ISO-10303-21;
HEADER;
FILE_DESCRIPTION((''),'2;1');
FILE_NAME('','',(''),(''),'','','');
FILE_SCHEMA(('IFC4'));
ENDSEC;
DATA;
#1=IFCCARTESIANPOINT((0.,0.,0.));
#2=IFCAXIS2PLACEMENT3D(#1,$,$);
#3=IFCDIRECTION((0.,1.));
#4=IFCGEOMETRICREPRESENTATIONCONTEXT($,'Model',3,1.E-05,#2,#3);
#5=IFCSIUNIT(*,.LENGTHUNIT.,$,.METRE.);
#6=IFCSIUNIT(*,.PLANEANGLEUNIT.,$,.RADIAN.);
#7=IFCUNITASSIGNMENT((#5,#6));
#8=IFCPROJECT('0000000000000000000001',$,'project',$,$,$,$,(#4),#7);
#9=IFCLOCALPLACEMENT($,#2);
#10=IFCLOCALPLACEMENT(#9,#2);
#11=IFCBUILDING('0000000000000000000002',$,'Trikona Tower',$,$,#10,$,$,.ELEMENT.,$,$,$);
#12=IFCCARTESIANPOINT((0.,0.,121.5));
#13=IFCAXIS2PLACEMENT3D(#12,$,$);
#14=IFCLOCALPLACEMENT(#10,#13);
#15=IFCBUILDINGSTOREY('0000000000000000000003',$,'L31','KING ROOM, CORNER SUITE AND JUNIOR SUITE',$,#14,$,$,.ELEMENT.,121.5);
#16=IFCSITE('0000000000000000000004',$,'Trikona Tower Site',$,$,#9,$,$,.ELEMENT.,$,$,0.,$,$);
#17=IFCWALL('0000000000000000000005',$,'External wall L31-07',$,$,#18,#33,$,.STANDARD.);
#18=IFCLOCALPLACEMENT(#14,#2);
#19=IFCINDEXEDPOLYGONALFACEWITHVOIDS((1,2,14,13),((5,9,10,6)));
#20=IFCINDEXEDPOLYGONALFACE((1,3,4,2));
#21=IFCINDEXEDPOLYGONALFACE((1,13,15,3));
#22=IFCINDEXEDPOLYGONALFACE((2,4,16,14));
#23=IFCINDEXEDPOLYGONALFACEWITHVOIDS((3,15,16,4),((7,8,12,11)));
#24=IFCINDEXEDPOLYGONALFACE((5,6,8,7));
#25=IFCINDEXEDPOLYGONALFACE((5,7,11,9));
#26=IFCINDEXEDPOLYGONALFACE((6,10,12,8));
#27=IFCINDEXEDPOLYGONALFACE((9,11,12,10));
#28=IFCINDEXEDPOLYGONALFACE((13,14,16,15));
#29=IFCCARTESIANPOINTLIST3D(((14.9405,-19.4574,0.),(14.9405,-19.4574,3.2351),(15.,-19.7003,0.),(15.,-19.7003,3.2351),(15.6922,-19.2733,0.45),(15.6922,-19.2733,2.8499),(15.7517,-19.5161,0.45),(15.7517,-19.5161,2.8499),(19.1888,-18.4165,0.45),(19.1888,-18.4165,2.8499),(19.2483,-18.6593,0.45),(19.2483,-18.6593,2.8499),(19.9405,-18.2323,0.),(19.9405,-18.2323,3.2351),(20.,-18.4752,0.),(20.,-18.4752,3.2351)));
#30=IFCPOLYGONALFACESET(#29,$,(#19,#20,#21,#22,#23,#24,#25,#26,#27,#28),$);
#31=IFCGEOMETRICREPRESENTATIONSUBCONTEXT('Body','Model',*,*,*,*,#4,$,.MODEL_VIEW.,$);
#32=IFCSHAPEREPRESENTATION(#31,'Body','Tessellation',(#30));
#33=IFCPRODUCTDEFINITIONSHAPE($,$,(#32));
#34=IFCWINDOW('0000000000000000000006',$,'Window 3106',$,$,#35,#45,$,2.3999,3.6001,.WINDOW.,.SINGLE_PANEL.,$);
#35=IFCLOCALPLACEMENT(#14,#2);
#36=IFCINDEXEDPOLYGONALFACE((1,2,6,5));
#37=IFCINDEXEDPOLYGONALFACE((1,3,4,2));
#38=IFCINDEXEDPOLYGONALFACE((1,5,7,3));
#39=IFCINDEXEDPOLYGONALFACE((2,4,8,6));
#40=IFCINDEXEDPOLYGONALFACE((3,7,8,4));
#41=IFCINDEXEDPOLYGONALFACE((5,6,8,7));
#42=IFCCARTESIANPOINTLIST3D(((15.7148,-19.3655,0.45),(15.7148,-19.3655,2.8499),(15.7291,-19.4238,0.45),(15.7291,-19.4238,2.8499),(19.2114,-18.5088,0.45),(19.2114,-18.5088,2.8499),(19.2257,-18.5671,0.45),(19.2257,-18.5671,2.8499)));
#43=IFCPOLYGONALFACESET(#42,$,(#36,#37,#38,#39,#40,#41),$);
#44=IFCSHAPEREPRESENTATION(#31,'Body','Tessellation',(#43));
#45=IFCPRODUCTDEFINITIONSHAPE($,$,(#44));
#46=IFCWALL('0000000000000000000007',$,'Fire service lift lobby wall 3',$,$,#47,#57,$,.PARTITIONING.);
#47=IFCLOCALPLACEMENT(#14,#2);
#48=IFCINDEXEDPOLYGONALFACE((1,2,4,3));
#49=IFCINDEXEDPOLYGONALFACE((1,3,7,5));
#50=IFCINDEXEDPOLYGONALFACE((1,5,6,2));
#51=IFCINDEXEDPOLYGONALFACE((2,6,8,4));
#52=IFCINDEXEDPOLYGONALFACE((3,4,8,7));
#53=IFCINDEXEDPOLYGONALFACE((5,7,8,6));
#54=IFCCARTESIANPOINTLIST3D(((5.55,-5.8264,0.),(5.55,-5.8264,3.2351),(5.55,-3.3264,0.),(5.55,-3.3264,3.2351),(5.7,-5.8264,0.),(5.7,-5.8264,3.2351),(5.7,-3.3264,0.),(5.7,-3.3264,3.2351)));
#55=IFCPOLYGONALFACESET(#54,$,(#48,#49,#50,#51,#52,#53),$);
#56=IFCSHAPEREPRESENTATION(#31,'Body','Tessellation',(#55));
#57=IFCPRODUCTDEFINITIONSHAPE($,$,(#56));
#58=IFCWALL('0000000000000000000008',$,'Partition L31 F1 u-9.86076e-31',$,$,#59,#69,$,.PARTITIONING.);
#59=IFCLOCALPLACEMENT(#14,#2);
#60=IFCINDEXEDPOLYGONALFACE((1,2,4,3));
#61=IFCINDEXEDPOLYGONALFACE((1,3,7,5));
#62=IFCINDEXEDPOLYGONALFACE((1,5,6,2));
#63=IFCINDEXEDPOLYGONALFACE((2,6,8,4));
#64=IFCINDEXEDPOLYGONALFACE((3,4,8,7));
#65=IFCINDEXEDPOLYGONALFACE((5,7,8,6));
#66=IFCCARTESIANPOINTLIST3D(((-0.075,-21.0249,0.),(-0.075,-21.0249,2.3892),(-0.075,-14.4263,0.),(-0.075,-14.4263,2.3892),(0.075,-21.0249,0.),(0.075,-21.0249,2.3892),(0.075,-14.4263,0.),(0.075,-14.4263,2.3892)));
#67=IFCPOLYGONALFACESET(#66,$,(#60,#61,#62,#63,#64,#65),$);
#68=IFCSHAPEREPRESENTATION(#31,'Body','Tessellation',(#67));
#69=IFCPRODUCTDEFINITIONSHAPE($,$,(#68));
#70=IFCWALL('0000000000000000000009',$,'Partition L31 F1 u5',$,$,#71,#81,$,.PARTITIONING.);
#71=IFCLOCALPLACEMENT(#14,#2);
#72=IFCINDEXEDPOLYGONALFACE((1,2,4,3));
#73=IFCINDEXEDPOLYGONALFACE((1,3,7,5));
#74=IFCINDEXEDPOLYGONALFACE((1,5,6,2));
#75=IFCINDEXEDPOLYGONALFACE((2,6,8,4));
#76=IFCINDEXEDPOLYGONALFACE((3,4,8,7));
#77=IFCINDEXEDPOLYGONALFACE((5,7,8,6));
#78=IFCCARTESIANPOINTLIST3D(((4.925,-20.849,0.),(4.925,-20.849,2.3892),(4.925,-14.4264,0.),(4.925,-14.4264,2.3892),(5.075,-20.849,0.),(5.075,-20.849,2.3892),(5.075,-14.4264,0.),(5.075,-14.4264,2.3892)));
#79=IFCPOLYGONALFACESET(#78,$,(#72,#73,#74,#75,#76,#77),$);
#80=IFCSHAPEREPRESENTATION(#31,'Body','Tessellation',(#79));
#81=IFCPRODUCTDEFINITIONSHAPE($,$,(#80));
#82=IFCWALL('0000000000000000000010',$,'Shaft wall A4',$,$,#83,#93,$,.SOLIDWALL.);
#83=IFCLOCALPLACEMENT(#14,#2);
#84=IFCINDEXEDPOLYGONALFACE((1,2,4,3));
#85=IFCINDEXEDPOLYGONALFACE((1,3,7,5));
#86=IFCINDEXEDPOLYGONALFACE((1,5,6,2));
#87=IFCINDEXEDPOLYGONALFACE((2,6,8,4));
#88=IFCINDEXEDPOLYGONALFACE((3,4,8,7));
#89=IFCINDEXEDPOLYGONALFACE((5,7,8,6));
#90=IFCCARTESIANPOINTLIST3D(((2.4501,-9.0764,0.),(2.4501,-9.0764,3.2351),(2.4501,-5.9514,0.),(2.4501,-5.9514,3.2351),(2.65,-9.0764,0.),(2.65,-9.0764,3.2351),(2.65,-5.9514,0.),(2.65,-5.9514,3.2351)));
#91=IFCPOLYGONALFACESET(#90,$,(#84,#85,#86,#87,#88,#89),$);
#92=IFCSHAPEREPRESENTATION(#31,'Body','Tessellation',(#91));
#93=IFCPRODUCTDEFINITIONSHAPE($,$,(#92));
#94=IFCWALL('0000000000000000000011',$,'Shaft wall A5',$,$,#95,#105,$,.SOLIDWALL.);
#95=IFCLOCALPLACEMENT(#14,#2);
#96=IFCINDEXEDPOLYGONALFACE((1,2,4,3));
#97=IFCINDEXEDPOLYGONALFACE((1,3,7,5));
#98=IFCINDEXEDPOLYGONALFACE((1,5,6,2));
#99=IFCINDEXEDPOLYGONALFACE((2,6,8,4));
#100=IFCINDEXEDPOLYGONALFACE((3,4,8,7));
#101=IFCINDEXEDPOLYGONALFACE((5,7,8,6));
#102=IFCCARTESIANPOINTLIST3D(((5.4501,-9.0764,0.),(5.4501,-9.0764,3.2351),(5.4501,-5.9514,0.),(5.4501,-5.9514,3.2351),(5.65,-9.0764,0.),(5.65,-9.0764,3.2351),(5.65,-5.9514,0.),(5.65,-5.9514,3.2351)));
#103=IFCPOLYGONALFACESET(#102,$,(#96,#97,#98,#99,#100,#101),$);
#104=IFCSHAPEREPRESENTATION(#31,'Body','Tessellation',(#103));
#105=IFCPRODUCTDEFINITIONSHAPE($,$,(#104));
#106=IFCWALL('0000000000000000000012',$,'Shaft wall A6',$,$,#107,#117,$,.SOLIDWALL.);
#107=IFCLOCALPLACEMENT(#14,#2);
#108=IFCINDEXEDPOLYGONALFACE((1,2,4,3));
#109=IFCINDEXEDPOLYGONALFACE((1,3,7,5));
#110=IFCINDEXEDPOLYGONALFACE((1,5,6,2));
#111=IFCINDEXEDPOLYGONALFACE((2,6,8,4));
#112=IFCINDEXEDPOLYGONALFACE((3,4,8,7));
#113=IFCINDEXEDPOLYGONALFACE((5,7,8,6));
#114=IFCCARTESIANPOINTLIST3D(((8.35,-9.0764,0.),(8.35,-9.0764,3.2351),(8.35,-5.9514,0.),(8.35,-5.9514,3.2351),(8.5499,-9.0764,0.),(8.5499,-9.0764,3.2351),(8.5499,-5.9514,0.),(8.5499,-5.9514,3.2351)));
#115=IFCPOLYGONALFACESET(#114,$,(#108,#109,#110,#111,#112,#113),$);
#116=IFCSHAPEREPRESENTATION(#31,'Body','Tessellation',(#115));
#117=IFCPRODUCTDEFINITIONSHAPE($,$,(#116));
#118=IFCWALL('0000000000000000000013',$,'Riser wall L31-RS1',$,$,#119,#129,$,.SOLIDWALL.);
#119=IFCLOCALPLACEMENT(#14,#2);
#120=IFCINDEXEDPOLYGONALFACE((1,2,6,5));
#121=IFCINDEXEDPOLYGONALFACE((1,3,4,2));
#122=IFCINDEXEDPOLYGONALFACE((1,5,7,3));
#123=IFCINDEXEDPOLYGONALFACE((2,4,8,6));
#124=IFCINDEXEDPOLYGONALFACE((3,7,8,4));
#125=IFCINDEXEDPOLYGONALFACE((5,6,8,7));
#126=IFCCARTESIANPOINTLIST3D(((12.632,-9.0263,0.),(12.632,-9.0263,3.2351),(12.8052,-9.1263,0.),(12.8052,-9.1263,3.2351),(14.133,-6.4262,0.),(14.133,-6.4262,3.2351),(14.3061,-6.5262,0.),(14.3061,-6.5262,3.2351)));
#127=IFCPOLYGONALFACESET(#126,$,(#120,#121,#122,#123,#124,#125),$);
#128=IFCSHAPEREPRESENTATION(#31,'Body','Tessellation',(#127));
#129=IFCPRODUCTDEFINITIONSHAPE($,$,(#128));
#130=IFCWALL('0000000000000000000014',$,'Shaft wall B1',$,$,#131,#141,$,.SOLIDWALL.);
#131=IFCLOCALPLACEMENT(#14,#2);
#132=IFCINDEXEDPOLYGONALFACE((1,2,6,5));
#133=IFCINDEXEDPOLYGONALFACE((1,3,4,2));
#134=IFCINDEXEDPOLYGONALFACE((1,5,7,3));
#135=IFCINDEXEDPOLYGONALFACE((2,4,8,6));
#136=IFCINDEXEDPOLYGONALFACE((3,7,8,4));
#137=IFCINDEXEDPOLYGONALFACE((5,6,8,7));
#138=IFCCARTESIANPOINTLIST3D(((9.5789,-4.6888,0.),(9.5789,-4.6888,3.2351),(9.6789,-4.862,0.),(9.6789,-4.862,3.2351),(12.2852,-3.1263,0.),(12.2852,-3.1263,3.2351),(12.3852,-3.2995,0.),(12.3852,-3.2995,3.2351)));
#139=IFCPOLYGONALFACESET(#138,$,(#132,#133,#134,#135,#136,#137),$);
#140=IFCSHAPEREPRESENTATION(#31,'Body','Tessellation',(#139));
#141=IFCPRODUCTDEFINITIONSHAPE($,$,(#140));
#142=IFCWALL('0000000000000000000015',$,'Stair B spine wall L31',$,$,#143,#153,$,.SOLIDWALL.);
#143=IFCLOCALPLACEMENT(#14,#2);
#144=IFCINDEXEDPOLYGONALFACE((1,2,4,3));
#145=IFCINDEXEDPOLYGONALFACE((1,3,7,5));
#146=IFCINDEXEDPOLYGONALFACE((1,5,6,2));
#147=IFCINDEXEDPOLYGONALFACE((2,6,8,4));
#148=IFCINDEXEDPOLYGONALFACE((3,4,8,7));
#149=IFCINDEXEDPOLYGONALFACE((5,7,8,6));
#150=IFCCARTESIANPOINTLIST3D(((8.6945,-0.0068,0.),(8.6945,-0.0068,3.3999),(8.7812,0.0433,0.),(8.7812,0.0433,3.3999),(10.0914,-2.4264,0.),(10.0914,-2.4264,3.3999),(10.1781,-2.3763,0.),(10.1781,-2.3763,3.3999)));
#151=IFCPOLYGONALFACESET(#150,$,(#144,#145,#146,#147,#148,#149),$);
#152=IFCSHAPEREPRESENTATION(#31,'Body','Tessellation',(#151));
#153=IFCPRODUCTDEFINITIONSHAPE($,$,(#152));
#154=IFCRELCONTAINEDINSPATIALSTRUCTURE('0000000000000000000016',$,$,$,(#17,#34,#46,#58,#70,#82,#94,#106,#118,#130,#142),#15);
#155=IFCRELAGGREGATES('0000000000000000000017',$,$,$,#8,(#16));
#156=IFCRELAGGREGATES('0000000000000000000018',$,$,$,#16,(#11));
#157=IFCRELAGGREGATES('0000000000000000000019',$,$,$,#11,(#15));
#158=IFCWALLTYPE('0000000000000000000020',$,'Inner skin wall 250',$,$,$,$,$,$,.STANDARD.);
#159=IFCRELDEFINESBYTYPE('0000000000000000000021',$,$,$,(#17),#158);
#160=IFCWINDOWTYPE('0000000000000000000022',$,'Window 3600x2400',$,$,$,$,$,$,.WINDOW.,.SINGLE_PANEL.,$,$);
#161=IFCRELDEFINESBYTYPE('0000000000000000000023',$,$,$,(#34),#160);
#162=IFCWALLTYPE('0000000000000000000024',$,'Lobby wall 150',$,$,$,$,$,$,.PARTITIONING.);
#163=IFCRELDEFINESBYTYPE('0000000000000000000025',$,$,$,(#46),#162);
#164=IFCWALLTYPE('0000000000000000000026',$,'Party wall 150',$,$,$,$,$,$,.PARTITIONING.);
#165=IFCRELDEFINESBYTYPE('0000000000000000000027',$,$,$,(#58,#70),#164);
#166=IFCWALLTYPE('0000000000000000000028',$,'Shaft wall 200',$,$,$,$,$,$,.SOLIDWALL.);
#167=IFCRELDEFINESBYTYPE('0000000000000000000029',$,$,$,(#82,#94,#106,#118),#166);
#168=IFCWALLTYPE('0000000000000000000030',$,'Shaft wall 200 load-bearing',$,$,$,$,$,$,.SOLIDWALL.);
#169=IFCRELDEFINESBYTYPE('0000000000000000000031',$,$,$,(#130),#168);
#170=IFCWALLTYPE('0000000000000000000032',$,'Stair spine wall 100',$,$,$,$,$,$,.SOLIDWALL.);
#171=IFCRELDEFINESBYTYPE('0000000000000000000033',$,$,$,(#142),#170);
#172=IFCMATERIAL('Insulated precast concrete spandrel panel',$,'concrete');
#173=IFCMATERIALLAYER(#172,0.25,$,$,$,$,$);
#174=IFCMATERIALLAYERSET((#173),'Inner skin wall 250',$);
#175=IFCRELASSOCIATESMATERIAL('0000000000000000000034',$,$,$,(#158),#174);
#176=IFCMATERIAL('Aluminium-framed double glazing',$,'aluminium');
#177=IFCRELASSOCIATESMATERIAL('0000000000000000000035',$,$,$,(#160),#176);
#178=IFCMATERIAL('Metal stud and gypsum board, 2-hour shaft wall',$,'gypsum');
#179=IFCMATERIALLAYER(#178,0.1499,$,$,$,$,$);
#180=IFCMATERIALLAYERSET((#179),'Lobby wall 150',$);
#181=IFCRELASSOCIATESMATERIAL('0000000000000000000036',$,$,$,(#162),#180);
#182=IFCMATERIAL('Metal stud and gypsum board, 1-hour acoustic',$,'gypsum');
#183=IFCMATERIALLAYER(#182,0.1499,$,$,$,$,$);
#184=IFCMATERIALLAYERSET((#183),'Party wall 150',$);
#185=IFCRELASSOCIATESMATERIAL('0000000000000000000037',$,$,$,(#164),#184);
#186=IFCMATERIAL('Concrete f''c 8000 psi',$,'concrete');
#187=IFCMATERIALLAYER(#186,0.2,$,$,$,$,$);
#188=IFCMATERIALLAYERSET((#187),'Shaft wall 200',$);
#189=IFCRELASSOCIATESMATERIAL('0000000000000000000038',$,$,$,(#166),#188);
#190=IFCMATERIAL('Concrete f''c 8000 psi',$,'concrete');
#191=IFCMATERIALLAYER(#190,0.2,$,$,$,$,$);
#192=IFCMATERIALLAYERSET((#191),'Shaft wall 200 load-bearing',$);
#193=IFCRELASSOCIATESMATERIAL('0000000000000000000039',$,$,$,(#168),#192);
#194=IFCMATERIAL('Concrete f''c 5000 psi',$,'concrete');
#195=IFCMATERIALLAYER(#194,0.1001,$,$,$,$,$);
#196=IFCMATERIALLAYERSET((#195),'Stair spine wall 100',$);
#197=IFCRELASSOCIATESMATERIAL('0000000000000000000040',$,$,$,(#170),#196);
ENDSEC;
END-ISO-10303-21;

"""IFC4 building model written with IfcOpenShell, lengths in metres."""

from ifc_helpers import new_model, si_unit, direction, frame, frame_2d, origin, place, context, subcontext, project, spatial, rectangle, extrude, material, layer, layer_set, type_object, element, fill, save


model = new_model("IFC4")

# Units and contexts
model_context = context("Model", 3, precision=1e-05, world=origin(), true_north=direction((0.0, 1.0)))
body_context = subcontext(model_context, "Body", "Model", "MODEL_VIEW")
ifc_project = project(units=[si_unit("LENGTHUNIT", "METRE"), si_unit("PLANEANGLEUNIT", "RADIAN")], contexts=[model_context])

# Site, building, storey
site_placement = place(None, origin())
site = spatial("IfcSite", under=ifc_project, at=site_placement, Name="Trikona Tower Site", CompositionType="ELEMENT", RefElevation=0.0)
building_placement = place(site_placement, origin())
building = spatial("IfcBuilding", under=site, at=building_placement, Name="Trikona Tower", CompositionType="ELEMENT")
storey_placement = place(building_placement, frame((0.0, 0.0, 121.5)))
storey = spatial("IfcBuildingStorey", under=building, at=storey_placement, Name="L31", Description="KING ROOM, CORNER SUITE AND JUNIOR SUITE", CompositionType="ELEMENT", Elevation=121.5)

# Wall, opening, window
ifc_material_1 = material(Name="Insulated precast concrete spandrel panel", Category="concrete")
ifc_layer_1 = layer(ifc_material_1, 0.25)
ifc_layer_set_1 = layer_set([ifc_layer_1], Name="Inner skin wall 250")
wall_type_1 = type_object("IfcWallType", Name="Inner skin wall 250", PredefinedType="STANDARD", material=ifc_layer_set_1)
wall_1_placement = place(storey_placement, frame((14.9702, -19.5789, 0.0), z_axis=(0.0, 0.0, 1.0), x_axis=(0.97127, 0.23798, 0.0)))
wall_1 = element("IfcWall", 1, at=wall_1_placement, inside=storey, type_object=wall_type_1, Name="External wall L31-07", PredefinedType="STANDARD", context=body_context, shape_type="SweptSolid", body=[
    extrude(rectangle(XDim=5.1479, YDim=0.25, at=frame_2d((2.574, 0.0))), origin(), (0.0, 0.0, 1.0), 3.2351),
])
opening_1_placement = place(wall_1_placement, frame((0.7739, 0.0, 0.45)))
opening_1 = element("IfcOpeningElement", 2, at=opening_1_placement, cuts=wall_1, PredefinedType="OPENING", context=body_context, shape_type="SweptSolid", body=[
    extrude(rectangle(XDim=3.6001, YDim=2.3999, at=frame_2d((1.8, 1.2))), frame((0.0, 0.135, 0.0), z_axis=(0.0, -1.0, 0.0), x_axis=(1.0, 0.0, 0.0)), (0.0, 0.0, 1.0), 0.27),
])
ifc_material_2 = material(Name="Aluminium-framed double glazing", Category="aluminium")
window_type = type_object("IfcWindowType", Name="Window 3600x2400", PartitioningType="SINGLE_PANEL", PredefinedType="WINDOW", material=ifc_material_2)
window_placement = place(opening_1_placement, origin())
window = element("IfcWindow", 3, at=window_placement, inside=storey, type_object=window_type, Name="Window 3106", OverallHeight=2.3999, OverallWidth=3.6001, PartitioningType="SINGLE_PANEL", PredefinedType="WINDOW", context=body_context, shape_type="SweptSolid", body=[
    extrude(rectangle(XDim=3.6001, YDim=2.3999, at=frame_2d((1.8, 1.2))), frame((0.0, 0.03, 0.0), z_axis=(0.0, -1.0, 0.0), x_axis=(1.0, 0.0, 0.0)), (0.0, 0.0, 1.0), 0.0601),
])
fill(opening_1, window)

# Walls
ifc_material_3 = material(Name="Metal stud and gypsum board, 2-hour shaft wall", Category="gypsum")
ifc_layer_2 = layer(ifc_material_3, 0.1499)
ifc_layer_set_2 = layer_set([ifc_layer_2], Name="Lobby wall 150")
wall_type_2 = type_object("IfcWallType", Name="Lobby wall 150", PredefinedType="PARTITIONING", material=ifc_layer_set_2)
wall_2_placement = place(storey_placement, frame((5.625, -5.8264, 0.0), z_axis=(0.0, 0.0, 1.0), x_axis=(0.0, 1.0, 0.0)))
element("IfcWall", 4, at=wall_2_placement, inside=storey, type_object=wall_type_2, Name="Fire service lift lobby wall 3", PredefinedType="PARTITIONING", context=body_context, shape_type="SweptSolid", body=[
    extrude(rectangle(XDim=2.5, YDim=0.1499, at=frame_2d((1.25, 0.0))), origin(), (0.0, 0.0, 1.0), 3.2351),
])
ifc_material_4 = material(Name="Metal stud and gypsum board, 1-hour acoustic", Category="gypsum")
ifc_layer_3 = layer(ifc_material_4, 0.1499)
ifc_layer_set_3 = layer_set([ifc_layer_3], Name="Party wall 150")
wall_type_3 = type_object("IfcWallType", Name="Party wall 150", PredefinedType="PARTITIONING", material=ifc_layer_set_3)
wall_3_placement = place(storey_placement, frame((0.0, -14.4263, 0.0), z_axis=(0.0, 0.0, 1.0), x_axis=(0.0, -1.0, 0.0)))
element("IfcWall", 5, at=wall_3_placement, inside=storey, type_object=wall_type_3, Name="Partition L31 F1 u-9.86076e-31", PredefinedType="PARTITIONING", context=body_context, shape_type="SweptSolid", body=[
    extrude(rectangle(XDim=6.5986, YDim=0.1499, at=frame_2d((3.2993, 0.0))), origin(), (0.0, 0.0, 1.0), 2.3892),
])
wall_4_placement = place(storey_placement, frame((5.0, -14.4263, 0.0), z_axis=(0.0, 0.0, 1.0), x_axis=(0.0, -1.0, 0.0)))
element("IfcWall", 6, at=wall_4_placement, inside=storey, type_object=wall_type_3, Name="Partition L31 F1 u5", PredefinedType="PARTITIONING", context=body_context, shape_type="SweptSolid", body=[
    extrude(rectangle(XDim=6.4226, YDim=0.1499, at=frame_2d((3.2114, 0.0))), origin(), (0.0, 0.0, 1.0), 2.3892),
])
ifc_material_5 = material(Name="Concrete f'c 8000 psi", Category="concrete")
ifc_layer_4 = layer(ifc_material_5, 0.2)
ifc_layer_set_4 = layer_set([ifc_layer_4], Name="Shaft wall 200")
wall_type_4 = type_object("IfcWallType", Name="Shaft wall 200", PredefinedType="SOLIDWALL", material=ifc_layer_set_4)
for number, where, z_axis, x_axis, name in (
    (7, (2.55, -5.9514, 0.0), (0.0, 0.0, 1.0), (0.0, -1.0, 0.0), "Shaft wall A4"),
    (8, (5.55, -5.9514, 0.0), (0.0, 0.0, 1.0), (0.0, -1.0, 0.0), "Shaft wall A5"),
    (9, (8.45, -5.9514, 0.0), (0.0, 0.0, 1.0), (0.0, -1.0, 0.0), "Shaft wall A6"),
):
    element("IfcWall", number, at=place(storey_placement, frame(where, z_axis=z_axis, x_axis=x_axis)), inside=storey, type_object=wall_type_4, Name=name, PredefinedType="SOLIDWALL", context=body_context, shape_type="SweptSolid", body=[
        extrude(rectangle(XDim=3.125, YDim=0.2, at=frame_2d((1.5625, 0.0))), origin(), (0.0, 0.0, 1.0), 3.2351),
    ])
wall_5_placement = place(storey_placement, frame((14.2195, -6.4763, 0.0), z_axis=(0.0, 0.0, 1.0), x_axis=(-0.499952, -0.866053, 0.0)))
element("IfcWall", 10, at=wall_5_placement, inside=storey, type_object=wall_type_4, Name="Riser wall L31-RS1", PredefinedType="SOLIDWALL", context=body_context, shape_type="SweptSolid", body=[
    extrude(rectangle(XDim=3.0022, YDim=0.2, at=frame_2d((1.501, 0.0))), origin(), (0.0, 0.0, 1.0), 3.2351),
])
ifc_material_6 = material(Name="Concrete f'c 8000 psi", Category="concrete")
ifc_layer_5 = layer(ifc_material_6, 0.2)
ifc_layer_set_5 = layer_set([ifc_layer_5], Name="Shaft wall 200 load-bearing")
wall_type_5 = type_object("IfcWallType", Name="Shaft wall 200 load-bearing", PredefinedType="SOLIDWALL", material=ifc_layer_set_5)
wall_6_placement = place(storey_placement, frame((9.6289, -4.7754, 0.0), z_axis=(0.0, 0.0, 1.0), x_axis=(0.866023, 0.500004, 0.0)))
element("IfcWall", 11, at=wall_6_placement, inside=storey, type_object=wall_type_5, Name="Shaft wall B1", PredefinedType="SOLIDWALL", context=body_context, shape_type="SweptSolid", body=[
    extrude(rectangle(XDim=3.125, YDim=0.2, at=frame_2d((1.5625, 0.0))), origin(), (0.0, 0.0, 1.0), 3.2351),
])
ifc_material_7 = material(Name="Concrete f'c 5000 psi", Category="concrete")
ifc_layer_6 = layer(ifc_material_7, 0.1001)
ifc_layer_set_6 = layer_set([ifc_layer_6], Name="Stair spine wall 100")
wall_type_6 = type_object("IfcWallType", Name="Stair spine wall 100", PredefinedType="SOLIDWALL", material=ifc_layer_set_6)
wall_7_placement = place(storey_placement, frame((10.1348, -2.4014, 0.0), z_axis=(0.0, 0.0, 1.0), x_axis=(-0.499992, 0.86603, 0.0)))
element("IfcWall", 12, at=wall_7_placement, inside=storey, type_object=wall_type_6, Name="Stair B spine wall L31", PredefinedType="SOLIDWALL", context=body_context, shape_type="SweptSolid", body=[
    extrude(rectangle(XDim=2.7939, YDim=0.1001, at=frame_2d((1.397, 0.0))), origin(), (0.0, 0.0, 1.0), 3.3999),
])

save(model, "model.ifc")
